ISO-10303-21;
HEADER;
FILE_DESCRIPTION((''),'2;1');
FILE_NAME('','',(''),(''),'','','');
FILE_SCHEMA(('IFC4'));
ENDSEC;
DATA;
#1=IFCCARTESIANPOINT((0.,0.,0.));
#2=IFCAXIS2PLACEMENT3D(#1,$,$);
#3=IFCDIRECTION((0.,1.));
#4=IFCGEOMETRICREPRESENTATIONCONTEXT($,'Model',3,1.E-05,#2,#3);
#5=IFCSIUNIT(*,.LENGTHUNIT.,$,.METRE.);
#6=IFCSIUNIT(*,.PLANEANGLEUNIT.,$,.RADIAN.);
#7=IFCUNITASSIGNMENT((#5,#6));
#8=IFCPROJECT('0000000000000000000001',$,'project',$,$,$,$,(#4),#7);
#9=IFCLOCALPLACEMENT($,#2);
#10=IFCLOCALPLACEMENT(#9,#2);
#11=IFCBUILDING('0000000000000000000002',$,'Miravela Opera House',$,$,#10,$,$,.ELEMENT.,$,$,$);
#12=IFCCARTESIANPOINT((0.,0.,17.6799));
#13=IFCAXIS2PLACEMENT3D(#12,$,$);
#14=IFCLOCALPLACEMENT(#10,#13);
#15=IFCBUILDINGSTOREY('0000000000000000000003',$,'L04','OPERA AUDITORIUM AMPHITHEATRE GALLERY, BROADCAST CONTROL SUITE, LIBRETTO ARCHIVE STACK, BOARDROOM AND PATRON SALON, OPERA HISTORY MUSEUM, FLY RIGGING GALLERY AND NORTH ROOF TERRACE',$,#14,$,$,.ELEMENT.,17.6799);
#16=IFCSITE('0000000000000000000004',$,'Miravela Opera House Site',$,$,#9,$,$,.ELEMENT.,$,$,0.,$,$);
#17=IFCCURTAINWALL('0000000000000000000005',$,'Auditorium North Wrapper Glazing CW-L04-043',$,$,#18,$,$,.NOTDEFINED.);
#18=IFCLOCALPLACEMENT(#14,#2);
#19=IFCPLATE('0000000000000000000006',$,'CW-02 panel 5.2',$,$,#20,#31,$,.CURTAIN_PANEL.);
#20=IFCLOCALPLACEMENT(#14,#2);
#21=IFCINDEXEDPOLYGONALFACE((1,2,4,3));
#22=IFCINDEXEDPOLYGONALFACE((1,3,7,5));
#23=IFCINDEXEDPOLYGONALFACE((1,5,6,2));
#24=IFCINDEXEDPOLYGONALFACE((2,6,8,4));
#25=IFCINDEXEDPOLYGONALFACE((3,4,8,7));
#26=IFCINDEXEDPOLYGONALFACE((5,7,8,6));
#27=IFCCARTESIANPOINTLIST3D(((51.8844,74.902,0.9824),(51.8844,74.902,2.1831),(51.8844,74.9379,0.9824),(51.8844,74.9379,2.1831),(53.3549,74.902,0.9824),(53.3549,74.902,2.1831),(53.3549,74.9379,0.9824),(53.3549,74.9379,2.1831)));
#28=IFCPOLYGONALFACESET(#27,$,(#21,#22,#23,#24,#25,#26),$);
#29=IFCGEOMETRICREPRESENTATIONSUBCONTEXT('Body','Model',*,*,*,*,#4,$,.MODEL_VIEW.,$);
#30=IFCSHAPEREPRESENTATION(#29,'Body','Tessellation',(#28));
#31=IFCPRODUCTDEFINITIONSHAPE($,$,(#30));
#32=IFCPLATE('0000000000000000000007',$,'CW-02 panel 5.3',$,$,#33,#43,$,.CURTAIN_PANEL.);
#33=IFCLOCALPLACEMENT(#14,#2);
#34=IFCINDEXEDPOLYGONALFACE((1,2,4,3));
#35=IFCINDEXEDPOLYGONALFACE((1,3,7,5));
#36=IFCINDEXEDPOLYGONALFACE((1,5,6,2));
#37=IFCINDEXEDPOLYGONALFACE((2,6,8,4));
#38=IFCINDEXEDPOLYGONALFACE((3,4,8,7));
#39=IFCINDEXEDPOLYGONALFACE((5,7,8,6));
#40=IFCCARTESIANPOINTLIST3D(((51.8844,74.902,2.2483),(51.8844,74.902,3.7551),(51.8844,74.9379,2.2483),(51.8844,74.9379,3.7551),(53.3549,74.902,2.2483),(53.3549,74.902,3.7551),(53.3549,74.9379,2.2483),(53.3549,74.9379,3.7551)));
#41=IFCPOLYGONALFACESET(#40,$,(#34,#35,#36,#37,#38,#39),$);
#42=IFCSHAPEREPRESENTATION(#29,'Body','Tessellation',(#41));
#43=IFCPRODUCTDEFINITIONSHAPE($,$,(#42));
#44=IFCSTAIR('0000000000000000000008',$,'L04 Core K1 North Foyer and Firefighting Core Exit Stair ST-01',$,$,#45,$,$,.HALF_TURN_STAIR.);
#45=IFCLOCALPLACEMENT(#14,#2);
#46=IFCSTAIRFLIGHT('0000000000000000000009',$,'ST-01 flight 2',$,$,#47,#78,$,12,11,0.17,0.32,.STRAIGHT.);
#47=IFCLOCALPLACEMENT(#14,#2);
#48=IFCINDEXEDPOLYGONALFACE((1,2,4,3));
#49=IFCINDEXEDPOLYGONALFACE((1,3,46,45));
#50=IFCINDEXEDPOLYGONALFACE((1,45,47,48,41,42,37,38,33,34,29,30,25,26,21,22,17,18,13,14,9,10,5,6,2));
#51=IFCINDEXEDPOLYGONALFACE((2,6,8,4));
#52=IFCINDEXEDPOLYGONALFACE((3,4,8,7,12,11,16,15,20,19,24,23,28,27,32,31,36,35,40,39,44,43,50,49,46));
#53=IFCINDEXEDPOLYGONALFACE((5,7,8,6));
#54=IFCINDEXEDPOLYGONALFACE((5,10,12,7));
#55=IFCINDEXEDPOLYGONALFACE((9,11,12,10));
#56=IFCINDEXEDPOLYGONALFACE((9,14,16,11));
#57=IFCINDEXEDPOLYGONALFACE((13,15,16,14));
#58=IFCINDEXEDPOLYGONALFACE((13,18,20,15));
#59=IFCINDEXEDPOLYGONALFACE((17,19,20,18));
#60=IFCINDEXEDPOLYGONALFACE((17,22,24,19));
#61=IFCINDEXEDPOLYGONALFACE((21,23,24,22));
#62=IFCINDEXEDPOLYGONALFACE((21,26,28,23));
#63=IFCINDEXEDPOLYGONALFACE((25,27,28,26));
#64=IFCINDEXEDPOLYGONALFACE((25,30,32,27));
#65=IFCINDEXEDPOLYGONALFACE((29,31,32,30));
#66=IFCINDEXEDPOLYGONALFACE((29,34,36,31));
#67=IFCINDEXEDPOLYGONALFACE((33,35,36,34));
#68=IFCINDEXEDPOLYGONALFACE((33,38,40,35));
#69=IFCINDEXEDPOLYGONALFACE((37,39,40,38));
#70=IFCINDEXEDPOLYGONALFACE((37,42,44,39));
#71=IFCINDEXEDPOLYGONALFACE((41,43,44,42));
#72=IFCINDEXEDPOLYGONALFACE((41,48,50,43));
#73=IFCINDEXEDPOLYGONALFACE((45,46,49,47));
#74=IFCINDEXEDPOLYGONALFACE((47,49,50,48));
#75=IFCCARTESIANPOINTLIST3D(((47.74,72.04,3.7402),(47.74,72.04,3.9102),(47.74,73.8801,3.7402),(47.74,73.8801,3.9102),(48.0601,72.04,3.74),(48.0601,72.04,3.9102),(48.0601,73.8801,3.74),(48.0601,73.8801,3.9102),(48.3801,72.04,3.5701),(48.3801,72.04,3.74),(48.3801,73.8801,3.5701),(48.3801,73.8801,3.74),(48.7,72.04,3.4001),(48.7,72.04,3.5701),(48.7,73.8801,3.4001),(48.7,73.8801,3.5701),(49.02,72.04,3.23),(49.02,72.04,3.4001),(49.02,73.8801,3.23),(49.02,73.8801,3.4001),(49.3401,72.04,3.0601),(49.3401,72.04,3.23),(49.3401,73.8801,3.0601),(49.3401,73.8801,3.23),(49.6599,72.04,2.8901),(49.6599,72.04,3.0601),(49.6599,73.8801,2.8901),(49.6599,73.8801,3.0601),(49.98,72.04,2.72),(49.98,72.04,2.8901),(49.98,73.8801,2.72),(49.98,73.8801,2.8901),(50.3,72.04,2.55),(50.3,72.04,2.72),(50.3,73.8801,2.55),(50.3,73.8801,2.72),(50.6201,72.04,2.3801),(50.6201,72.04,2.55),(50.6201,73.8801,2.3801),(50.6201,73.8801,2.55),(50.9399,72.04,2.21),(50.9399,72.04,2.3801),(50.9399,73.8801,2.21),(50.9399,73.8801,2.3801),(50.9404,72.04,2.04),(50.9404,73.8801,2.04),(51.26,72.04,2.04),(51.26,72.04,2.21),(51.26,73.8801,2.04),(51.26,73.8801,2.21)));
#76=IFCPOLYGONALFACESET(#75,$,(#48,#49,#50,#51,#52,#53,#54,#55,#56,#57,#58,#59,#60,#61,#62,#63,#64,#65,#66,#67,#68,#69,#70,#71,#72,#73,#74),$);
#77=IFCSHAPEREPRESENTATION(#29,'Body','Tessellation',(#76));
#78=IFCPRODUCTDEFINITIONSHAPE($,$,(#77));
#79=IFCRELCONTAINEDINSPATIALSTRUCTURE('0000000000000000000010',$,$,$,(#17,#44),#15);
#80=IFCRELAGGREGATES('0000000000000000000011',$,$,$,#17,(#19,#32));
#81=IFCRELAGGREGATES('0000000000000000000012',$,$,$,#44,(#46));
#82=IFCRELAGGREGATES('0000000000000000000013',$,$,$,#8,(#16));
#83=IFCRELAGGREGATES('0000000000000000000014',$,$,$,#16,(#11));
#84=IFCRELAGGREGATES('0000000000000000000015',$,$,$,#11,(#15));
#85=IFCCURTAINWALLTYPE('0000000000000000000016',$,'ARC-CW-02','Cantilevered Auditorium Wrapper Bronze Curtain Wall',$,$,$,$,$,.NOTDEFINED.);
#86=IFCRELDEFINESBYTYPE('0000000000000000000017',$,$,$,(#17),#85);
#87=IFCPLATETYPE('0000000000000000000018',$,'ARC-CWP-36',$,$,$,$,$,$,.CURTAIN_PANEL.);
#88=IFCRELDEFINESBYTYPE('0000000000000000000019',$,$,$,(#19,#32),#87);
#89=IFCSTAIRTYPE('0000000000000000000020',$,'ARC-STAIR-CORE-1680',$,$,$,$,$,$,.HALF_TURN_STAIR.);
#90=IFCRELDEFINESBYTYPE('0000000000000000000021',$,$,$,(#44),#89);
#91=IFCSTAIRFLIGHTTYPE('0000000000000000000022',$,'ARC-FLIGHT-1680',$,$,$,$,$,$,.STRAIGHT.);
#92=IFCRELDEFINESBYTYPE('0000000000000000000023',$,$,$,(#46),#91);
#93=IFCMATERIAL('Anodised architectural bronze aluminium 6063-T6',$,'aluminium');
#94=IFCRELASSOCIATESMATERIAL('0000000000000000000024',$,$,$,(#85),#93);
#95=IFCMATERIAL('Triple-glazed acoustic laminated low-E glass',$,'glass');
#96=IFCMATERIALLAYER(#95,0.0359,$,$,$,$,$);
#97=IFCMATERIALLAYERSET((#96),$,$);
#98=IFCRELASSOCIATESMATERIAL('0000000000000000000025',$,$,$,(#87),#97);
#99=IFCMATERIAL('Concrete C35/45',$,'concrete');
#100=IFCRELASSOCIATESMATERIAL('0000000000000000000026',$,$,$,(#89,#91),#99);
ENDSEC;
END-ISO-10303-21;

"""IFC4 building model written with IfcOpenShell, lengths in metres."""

from ifc_helpers import new_model, si_unit, direction, frame, origin, origin_2d, place, context, subcontext, project, spatial, polyline, rectangle, outline, extrude, material, layer, layer_set, type_object, element, aggregate, save


model = new_model("IFC4")

# Units and contexts
model_context = context("Model", 3, precision=1e-05, world=origin(), true_north=direction((0.0, 1.0)))
body_context = subcontext(model_context, "Body", "Model", "MODEL_VIEW")
ifc_project = project(units=[si_unit("LENGTHUNIT", "METRE"), si_unit("PLANEANGLEUNIT", "RADIAN")], contexts=[model_context])

# Site, building, storey
site_placement = place(None, origin())
site = spatial("IfcSite", under=ifc_project, at=site_placement, Name="Miravela Opera House Site", CompositionType="ELEMENT", RefElevation=0.0)
building_placement = place(site_placement, origin())
building = spatial("IfcBuilding", under=site, at=building_placement, Name="Miravela Opera House", CompositionType="ELEMENT")
storey_placement = place(building_placement, frame((0.0, 0.0, 17.6799)))
storey = spatial("IfcBuildingStorey", under=building, at=storey_placement, Name="L04", Description="OPERA AUDITORIUM AMPHITHEATRE GALLERY, BROADCAST CONTROL SUITE, LIBRETTO ARCHIVE STACK, BOARDROOM AND PATRON SALON, OPERA HISTORY MUSEUM, FLY RIGGING GALLERY AND NORTH ROOF TERRACE", CompositionType="ELEMENT", Elevation=17.6799)

# Shared definitions
ifc_material_1 = material(Name="Concrete C35/45", Category="concrete")

# Curtain wall
ifc_material_2 = material(Name="Anodised architectural bronze aluminium 6063-T6", Category="aluminium")
curtain_wall_type = type_object("IfcCurtainWallType", Name="ARC-CW-02", Description="Cantilevered Auditorium Wrapper Bronze Curtain Wall", PredefinedType="NOTDEFINED", material=ifc_material_2)
curtain_wall_1_placement = place(storey_placement, origin())
curtain_wall_1 = element("IfcCurtainWall", 1, at=curtain_wall_1_placement, inside=storey, type_object=curtain_wall_type, Name="Auditorium North Wrapper Glazing CW-L04-043", PredefinedType="NOTDEFINED")

# Plates
ifc_material_3 = material(Name="Triple-glazed acoustic laminated low-E glass", Category="glass")
ifc_layer = layer(ifc_material_3, 0.0359)
ifc_layer_set = layer_set([ifc_layer])
plate_type = type_object("IfcPlateType", Name="ARC-CWP-36", PredefinedType="CURTAIN_PANEL", material=ifc_layer_set)
plate_1_placement = place(storey_placement, frame((52.6196, 74.9199, 0.9824), z_axis=(0.0, 0.0, 1.0), x_axis=(1.0, 0.0, 0.0)))
plate_1 = element("IfcPlate", 2, at=plate_1_placement, type_object=plate_type, Name="CW-02 panel 5.2", PredefinedType="CURTAIN_PANEL", context=body_context, shape_type="SweptSolid", body=[
    extrude(rectangle(XDim=1.4705, YDim=0.0359, at=origin_2d()), origin(), (0.0, 0.0, 1.0), 1.2007),
])
plate_2_placement = place(storey_placement, frame((52.6196, 74.9199, 2.2483), z_axis=(0.0, 0.0, 1.0), x_axis=(1.0, 0.0, 0.0)))
plate_2 = element("IfcPlate", 3, at=plate_2_placement, type_object=plate_type, Name="CW-02 panel 5.3", PredefinedType="CURTAIN_PANEL", context=body_context, shape_type="SweptSolid", body=[
    extrude(rectangle(XDim=1.4705, YDim=0.0359, at=origin_2d()), origin(), (0.0, 0.0, 1.0), 1.5068),
])
aggregate(curtain_wall_1, [plate_1, plate_2])

# Stair, stair flight
stair_type = type_object("IfcStairType", Name="ARC-STAIR-CORE-1680", PredefinedType="HALF_TURN_STAIR", material=ifc_material_1)
stair_placement = place(storey_placement, origin())
stair = element("IfcStair", 4, at=stair_placement, inside=storey, type_object=stair_type, Name="L04 Core K1 North Foyer and Firefighting Core Exit Stair ST-01", PredefinedType="HALF_TURN_STAIR")
stair_flight_type = type_object("IfcStairFlightType", Name="ARC-FLIGHT-1680", PredefinedType="STRAIGHT", material=ifc_material_1)
stair_flight_placement = place(storey_placement, frame((51.26, 72.96, 2.04), z_axis=(0.0, 0.0, 1.0), x_axis=(-1.0, 0.0, 0.0)))
stair_flight = element("IfcStairFlight", 5, at=stair_flight_placement, type_object=stair_flight_type, Name="ST-01 flight 2", NumberOfRisers=12, NumberOfTreads=11, PredefinedType="STRAIGHT", RiserHeight=0.17, TreadLength=0.32, context=body_context, shape_type="SweptSolid", body=[
    extrude(outline(polyline([(0.0, 0.0), (0.0, 0.1699), (0.3201, 0.1699), (0.3201, 0.3401), (0.6399, 0.3401), (0.6399, 0.51), (0.96, 0.51), (0.96, 0.6799), (1.28, 0.6799), (1.28, 0.8501), (1.6001, 0.8501), (1.6001, 1.02), (1.9199, 1.02), (1.9199, 1.1899), (2.24, 1.1899), (2.24, 1.3601), (2.5601, 1.3601), (2.5601, 1.53), (2.8799, 1.53), (2.8799, 1.7), (3.2, 1.7), (3.2, 1.8701), (3.52, 1.8701), (3.52, 2.04), (3.52, 1.7002), (0.3196, 0.0), (0.0, 0.0)])), frame((0.0, 0.9199, 0.0), z_axis=(0.0, -1.0, 0.0), x_axis=(1.0, 0.0, 0.0)), (0.0, 0.0, 1.0), 1.8401),
])
aggregate(stair, [stair_flight])

save(model, "model.ifc")
